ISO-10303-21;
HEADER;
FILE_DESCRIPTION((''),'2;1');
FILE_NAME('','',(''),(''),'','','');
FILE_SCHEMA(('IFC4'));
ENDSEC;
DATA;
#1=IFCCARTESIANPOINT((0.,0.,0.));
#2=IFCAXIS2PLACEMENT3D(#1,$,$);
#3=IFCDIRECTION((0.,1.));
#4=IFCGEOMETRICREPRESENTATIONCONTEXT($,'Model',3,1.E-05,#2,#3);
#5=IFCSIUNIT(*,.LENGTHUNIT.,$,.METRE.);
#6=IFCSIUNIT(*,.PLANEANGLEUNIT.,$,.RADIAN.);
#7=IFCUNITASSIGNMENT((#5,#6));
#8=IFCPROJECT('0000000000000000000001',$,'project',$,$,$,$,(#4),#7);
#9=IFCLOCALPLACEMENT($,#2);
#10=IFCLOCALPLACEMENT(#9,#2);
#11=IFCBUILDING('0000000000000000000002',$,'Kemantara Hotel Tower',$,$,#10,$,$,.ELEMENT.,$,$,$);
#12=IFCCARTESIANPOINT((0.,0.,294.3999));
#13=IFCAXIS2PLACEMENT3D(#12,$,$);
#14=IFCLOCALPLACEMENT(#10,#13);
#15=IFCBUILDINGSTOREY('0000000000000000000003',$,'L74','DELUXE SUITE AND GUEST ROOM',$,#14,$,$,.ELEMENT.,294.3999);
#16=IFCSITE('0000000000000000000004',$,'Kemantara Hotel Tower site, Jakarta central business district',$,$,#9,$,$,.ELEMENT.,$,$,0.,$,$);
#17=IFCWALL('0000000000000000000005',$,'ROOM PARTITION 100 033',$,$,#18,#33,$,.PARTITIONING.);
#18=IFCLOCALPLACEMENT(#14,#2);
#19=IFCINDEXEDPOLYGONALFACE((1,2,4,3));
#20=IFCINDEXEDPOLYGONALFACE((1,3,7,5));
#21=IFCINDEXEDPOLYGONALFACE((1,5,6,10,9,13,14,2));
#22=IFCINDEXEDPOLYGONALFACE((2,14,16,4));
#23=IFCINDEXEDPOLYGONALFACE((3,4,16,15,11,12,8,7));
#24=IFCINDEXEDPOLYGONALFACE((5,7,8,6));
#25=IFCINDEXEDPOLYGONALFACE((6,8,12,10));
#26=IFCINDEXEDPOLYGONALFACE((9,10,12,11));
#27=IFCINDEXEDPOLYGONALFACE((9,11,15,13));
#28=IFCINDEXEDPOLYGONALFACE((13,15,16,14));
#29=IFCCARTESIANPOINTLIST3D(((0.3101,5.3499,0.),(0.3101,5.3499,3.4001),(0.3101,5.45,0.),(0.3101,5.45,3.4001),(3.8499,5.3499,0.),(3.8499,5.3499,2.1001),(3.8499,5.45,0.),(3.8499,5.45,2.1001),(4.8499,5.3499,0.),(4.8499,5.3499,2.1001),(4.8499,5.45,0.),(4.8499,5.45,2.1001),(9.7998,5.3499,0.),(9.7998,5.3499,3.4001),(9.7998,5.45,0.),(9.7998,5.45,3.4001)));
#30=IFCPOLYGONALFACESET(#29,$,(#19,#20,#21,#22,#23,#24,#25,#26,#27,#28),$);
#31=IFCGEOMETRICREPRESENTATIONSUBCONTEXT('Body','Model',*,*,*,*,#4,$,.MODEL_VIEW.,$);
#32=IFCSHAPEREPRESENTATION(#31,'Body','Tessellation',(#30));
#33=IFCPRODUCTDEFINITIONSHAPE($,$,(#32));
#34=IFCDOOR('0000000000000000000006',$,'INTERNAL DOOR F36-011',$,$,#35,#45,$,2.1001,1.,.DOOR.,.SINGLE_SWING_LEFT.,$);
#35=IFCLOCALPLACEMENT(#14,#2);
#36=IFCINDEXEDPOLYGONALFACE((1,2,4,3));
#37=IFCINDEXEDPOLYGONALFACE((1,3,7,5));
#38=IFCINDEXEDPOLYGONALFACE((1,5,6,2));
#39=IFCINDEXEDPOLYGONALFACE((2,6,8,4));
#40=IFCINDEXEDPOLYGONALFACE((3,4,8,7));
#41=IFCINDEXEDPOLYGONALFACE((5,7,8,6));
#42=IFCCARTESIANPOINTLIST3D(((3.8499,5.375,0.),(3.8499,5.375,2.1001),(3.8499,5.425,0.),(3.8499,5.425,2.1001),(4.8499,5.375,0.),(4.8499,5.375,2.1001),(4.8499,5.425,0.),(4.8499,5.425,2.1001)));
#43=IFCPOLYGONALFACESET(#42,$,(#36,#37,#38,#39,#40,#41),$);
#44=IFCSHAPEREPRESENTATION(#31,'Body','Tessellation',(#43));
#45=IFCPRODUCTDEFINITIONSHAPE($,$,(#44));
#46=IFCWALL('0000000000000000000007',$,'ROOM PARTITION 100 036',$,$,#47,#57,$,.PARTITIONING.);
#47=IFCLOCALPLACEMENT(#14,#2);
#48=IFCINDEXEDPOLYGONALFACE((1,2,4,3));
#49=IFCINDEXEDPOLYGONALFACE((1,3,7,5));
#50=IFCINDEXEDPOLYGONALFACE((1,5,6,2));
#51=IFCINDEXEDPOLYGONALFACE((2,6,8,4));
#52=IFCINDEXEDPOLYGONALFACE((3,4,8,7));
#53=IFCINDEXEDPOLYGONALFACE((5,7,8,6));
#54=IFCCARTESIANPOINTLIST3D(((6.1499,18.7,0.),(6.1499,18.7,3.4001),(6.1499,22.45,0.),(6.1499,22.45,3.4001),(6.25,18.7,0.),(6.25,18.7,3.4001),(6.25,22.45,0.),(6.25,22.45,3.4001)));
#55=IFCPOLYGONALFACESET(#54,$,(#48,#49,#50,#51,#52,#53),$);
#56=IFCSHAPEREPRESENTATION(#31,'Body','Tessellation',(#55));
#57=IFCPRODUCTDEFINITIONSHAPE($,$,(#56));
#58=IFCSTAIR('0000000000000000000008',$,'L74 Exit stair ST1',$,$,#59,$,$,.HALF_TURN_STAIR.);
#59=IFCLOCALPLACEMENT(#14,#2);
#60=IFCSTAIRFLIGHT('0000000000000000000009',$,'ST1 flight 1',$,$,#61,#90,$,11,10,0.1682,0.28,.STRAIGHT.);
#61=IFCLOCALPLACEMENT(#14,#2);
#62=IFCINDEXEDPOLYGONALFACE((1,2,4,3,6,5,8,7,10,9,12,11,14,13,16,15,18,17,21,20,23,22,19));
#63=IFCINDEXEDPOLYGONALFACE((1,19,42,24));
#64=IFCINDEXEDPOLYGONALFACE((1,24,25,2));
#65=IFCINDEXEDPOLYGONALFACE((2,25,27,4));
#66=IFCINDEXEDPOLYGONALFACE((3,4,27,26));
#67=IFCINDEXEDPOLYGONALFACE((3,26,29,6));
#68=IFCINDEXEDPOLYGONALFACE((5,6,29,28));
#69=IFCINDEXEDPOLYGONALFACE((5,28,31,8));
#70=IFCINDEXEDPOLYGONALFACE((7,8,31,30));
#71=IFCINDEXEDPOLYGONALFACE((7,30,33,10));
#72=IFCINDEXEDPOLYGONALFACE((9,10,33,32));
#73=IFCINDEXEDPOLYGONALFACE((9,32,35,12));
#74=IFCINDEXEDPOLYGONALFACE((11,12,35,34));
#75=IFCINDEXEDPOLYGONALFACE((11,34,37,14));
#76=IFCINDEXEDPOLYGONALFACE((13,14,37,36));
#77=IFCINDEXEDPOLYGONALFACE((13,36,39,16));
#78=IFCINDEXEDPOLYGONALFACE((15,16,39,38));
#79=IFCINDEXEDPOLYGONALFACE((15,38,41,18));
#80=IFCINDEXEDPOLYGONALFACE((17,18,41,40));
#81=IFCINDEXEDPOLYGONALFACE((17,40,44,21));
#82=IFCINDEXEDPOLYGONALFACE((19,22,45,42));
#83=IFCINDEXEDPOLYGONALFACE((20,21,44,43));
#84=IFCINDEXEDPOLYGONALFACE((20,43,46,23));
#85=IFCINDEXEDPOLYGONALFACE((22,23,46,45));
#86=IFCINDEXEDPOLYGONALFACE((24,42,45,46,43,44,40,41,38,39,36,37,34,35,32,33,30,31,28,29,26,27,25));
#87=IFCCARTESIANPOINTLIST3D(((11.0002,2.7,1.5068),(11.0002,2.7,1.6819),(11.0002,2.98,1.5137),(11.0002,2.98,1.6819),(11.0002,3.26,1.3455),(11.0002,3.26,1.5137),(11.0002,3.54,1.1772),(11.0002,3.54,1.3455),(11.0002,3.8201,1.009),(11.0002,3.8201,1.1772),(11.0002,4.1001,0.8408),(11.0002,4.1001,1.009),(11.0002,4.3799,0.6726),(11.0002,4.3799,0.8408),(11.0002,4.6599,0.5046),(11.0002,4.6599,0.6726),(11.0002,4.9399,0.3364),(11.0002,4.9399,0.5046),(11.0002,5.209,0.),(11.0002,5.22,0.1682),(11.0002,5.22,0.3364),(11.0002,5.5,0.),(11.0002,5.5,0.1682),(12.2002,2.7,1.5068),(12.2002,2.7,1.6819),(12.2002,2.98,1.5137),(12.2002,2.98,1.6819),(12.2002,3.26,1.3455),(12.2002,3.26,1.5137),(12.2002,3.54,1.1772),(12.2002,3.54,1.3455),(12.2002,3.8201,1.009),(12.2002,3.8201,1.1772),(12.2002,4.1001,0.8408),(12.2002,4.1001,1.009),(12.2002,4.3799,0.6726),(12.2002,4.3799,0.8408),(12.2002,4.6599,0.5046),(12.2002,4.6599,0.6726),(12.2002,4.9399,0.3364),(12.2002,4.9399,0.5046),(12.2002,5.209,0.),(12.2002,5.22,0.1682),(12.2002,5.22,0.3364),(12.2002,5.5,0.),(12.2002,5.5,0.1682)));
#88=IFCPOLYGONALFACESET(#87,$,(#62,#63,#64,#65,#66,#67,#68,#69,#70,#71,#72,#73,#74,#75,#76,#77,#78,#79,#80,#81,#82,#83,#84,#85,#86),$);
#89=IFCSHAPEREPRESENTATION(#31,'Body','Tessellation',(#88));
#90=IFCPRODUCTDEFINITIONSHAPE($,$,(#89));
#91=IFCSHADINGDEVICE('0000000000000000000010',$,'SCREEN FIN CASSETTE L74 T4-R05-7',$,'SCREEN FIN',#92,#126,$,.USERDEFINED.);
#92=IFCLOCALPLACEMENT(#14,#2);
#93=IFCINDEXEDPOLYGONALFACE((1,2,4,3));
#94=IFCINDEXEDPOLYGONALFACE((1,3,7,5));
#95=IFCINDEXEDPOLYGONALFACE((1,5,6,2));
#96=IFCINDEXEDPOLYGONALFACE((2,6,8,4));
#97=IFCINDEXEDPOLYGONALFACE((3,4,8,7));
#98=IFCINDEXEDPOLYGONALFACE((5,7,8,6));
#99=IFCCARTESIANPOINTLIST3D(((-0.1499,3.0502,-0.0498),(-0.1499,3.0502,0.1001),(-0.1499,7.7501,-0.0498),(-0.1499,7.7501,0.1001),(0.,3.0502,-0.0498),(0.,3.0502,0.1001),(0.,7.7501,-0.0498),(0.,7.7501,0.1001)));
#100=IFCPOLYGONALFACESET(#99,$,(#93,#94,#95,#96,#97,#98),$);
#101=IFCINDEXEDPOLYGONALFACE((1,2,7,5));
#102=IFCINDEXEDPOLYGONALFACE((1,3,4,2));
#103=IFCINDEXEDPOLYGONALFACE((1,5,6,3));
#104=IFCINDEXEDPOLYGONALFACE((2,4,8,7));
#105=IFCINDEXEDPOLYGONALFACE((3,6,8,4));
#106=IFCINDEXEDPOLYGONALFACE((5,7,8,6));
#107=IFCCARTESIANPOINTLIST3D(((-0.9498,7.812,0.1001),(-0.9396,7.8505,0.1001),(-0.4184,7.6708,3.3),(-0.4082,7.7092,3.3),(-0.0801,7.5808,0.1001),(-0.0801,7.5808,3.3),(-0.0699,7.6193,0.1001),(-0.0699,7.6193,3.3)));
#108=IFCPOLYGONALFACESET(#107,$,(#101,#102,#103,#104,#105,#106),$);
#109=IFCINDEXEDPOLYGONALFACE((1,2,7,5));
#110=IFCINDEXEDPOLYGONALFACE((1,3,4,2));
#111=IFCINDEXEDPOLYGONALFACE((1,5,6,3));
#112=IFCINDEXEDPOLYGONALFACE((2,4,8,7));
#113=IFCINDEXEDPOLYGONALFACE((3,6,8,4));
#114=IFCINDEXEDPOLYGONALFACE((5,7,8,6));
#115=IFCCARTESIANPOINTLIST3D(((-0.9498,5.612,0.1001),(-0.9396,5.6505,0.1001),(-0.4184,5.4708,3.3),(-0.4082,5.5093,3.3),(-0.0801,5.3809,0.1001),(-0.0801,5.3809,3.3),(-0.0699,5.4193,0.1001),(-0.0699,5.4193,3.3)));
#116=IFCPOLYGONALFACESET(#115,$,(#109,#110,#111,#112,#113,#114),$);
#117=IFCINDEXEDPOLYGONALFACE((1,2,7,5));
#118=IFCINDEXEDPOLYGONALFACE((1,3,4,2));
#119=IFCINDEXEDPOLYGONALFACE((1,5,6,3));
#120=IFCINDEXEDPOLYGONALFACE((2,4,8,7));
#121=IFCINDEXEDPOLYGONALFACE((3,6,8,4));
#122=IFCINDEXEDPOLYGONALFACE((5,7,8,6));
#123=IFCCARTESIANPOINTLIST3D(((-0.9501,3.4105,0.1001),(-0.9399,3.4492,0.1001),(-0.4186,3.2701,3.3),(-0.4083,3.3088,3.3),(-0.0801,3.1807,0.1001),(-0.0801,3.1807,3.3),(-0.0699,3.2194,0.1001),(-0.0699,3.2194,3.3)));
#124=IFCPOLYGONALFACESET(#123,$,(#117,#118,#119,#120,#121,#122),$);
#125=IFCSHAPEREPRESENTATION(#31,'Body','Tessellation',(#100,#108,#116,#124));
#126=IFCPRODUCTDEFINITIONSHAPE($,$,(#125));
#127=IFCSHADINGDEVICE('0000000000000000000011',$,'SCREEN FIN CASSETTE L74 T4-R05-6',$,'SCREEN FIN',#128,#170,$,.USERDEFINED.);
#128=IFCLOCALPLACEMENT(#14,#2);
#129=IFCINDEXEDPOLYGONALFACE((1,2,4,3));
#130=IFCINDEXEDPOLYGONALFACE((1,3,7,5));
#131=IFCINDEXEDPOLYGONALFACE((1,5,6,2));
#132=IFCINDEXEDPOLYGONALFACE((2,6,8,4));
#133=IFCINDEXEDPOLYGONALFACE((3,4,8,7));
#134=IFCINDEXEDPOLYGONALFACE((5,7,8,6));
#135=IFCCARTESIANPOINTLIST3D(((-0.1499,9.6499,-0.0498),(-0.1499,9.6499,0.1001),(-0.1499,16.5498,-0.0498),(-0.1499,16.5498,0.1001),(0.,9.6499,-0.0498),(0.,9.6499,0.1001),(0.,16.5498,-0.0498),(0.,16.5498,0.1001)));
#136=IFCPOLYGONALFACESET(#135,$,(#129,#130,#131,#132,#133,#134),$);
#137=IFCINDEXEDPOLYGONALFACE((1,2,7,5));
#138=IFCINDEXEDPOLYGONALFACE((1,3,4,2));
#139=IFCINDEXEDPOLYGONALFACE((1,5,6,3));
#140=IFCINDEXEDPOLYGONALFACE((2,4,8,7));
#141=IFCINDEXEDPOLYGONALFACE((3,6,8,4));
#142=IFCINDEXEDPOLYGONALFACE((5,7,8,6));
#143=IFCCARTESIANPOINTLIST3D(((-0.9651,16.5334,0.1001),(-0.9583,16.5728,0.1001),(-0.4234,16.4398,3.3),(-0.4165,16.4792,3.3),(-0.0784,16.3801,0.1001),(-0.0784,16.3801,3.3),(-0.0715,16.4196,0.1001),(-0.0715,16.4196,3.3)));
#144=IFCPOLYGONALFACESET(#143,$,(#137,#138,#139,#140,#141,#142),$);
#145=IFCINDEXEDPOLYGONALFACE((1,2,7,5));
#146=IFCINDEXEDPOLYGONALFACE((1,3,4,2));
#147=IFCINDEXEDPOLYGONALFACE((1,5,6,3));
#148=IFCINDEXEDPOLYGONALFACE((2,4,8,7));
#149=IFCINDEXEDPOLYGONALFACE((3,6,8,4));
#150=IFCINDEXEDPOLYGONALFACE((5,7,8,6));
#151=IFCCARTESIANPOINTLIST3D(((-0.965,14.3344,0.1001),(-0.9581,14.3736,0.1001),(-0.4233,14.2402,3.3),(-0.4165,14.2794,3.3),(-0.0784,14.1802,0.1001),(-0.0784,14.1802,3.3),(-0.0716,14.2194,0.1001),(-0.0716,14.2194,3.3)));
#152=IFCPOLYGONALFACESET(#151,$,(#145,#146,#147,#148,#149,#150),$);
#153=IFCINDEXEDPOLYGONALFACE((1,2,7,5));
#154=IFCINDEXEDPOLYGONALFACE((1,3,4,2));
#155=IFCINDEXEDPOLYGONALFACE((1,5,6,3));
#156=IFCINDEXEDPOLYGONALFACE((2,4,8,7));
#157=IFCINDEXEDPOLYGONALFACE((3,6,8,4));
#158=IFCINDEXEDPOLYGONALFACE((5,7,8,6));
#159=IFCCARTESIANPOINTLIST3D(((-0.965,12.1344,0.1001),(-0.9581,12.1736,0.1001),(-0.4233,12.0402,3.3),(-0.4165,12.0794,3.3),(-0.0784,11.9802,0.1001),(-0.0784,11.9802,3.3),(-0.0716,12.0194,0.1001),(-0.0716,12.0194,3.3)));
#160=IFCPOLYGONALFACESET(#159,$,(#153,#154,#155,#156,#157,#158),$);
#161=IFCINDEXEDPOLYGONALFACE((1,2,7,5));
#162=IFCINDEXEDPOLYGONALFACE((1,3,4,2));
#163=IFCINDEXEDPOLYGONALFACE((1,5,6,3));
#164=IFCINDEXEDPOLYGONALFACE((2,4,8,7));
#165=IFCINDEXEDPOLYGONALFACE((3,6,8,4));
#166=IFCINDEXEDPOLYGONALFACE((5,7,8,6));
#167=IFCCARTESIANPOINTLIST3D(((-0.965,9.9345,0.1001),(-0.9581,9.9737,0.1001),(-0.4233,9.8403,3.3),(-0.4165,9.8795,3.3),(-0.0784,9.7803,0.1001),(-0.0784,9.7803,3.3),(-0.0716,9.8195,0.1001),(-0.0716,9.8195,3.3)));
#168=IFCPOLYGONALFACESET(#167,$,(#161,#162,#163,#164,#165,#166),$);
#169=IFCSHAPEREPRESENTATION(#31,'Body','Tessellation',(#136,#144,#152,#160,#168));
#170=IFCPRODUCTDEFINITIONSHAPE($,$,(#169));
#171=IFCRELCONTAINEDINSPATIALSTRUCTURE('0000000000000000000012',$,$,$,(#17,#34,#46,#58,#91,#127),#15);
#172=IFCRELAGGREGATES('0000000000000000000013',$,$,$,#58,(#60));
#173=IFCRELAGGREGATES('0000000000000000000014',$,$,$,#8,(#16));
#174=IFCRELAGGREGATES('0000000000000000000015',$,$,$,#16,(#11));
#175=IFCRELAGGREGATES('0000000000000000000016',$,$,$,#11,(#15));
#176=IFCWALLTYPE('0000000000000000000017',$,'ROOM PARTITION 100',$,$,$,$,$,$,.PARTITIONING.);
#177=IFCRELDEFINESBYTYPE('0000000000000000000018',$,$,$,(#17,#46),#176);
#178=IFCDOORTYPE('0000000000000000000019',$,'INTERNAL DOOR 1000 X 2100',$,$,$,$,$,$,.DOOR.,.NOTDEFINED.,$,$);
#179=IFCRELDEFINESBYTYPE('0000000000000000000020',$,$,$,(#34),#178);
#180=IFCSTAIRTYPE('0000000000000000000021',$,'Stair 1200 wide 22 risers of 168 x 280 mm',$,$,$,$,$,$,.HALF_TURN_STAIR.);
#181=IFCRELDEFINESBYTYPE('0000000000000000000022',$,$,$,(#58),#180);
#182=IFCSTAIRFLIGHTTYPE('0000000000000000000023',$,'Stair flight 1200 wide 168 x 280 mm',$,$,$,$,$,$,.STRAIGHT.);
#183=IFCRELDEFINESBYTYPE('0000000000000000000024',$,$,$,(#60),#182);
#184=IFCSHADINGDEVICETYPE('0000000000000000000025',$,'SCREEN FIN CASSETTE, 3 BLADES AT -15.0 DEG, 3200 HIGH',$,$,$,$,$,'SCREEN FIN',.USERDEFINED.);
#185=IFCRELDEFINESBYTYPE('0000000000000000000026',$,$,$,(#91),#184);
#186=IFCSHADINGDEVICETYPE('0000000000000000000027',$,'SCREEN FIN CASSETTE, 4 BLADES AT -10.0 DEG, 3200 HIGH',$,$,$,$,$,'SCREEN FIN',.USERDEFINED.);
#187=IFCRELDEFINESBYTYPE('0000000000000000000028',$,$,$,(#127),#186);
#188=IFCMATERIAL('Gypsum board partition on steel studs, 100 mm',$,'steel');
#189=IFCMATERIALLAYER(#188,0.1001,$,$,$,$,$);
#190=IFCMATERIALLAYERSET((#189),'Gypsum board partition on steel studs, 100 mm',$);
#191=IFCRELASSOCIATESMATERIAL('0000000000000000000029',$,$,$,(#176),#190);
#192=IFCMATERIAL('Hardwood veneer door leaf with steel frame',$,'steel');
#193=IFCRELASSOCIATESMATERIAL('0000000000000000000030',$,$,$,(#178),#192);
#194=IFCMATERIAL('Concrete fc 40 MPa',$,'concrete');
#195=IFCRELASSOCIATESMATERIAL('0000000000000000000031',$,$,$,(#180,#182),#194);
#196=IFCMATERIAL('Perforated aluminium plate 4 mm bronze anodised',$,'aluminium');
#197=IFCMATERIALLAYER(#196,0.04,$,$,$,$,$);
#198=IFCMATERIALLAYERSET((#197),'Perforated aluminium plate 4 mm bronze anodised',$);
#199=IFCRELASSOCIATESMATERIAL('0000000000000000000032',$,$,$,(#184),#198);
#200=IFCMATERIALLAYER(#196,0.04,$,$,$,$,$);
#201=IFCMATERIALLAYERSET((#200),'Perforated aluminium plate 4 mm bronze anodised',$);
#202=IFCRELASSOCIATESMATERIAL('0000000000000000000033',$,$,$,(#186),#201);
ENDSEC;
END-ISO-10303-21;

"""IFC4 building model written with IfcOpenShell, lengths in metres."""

from ifc_helpers import new_model, si_unit, direction, frame, frame_2d, origin, origin_2d, place, context, subcontext, project, spatial, polyline, rectangle, outline, extrude, source, transform, mapped, material, layer, layer_set, type_object, element, fill, aggregate, save


model = new_model("IFC4")

# Units and contexts
model_context = context("Model", 3, precision=1e-05, world=origin(), true_north=direction((0.0, 1.0)))
body_context = subcontext(model_context, "Body", "Model", "MODEL_VIEW")
ifc_project = project(units=[si_unit("LENGTHUNIT", "METRE"), si_unit("PLANEANGLEUNIT", "RADIAN")], contexts=[model_context])

# Site, building, storey
site_placement = place(None, origin())
site = spatial("IfcSite", under=ifc_project, at=site_placement, Name="Kemantara Hotel Tower site, Jakarta central business district", CompositionType="ELEMENT", RefElevation=0.0)
building_placement = place(site_placement, origin())
building = spatial("IfcBuilding", under=site, at=building_placement, Name="Kemantara Hotel Tower", CompositionType="ELEMENT")
storey_placement = place(building_placement, frame((0.0, 0.0, 294.3999)))
storey = spatial("IfcBuildingStorey", under=building, at=storey_placement, Name="L74", Description="DELUXE SUITE AND GUEST ROOM", CompositionType="ELEMENT", Elevation=294.3999)

# Shared definitions
ifc_material_1 = material(Name="Hardwood veneer door leaf with steel frame", Category="steel")

# Wall, opening, door
ifc_material_2 = material(Name="Gypsum board partition on steel studs, 100 mm", Category="steel")
ifc_layer_1 = layer(ifc_material_2, 0.1001)
ifc_layer_set_1 = layer_set([ifc_layer_1], Name="Gypsum board partition on steel studs, 100 mm")
wall_type_1 = type_object("IfcWallType", Name="ROOM PARTITION 100", PredefinedType="PARTITIONING", material=ifc_layer_set_1)
wall_1_placement = place(storey_placement, frame((9.7998, 5.3999, 0.0), z_axis=(0.0, 0.0, 1.0), x_axis=(-1.0, 0.0, 0.0)))
wall_1 = element("IfcWall", 1, at=wall_1_placement, inside=storey, type_object=wall_type_1, Name="ROOM PARTITION 100 033", PredefinedType="PARTITIONING", context=body_context, shape_type="SweptSolid", body=[
    extrude(rectangle(XDim=9.4897, YDim=0.1001, at=frame_2d((4.7449, 0.0))), origin(), (0.0, 0.0, 1.0), 3.4001),
])
opening_1_placement = place(wall_1_placement, frame((4.95, 0.0, 0.0)))
opening_1 = element("IfcOpeningElement", 2, at=opening_1_placement, cuts=wall_1, PredefinedType="OPENING", context=body_context, shape_type="SweptSolid", body=[
    extrude(rectangle(XDim=1.0, YDim=2.1001, at=frame_2d((0.5, 1.05))), frame((0.0, 0.0601, 0.0), z_axis=(0.0, -1.0, 0.0), x_axis=(1.0, 0.0, 0.0)), (0.0, 0.0, 1.0), 0.1201),
])
door_type_1 = type_object("IfcDoorType", Name="INTERNAL DOOR 1000 X 2100", OperationType="NOTDEFINED", PredefinedType="DOOR", material=ifc_material_1)
door_1_placement = place(opening_1_placement, origin())
door_1 = element("IfcDoor", 3, at=door_1_placement, inside=storey, type_object=door_type_1, Name="INTERNAL DOOR F36-011", OperationType="SINGLE_SWING_LEFT", OverallHeight=2.1001, OverallWidth=1.0, PredefinedType="DOOR", context=body_context, shape_type="SweptSolid", body=[
    extrude(rectangle(XDim=1.0, YDim=2.1001, at=frame_2d((0.5, 1.05))), frame((0.0, 0.0249, 0.0), z_axis=(0.0, -1.0, 0.0), x_axis=(1.0, 0.0, 0.0)), (0.0, 0.0, 1.0), 0.05),
])
fill(opening_1, door_1)

# Wall
wall_2_placement = place(storey_placement, frame((6.2, 18.7, 0.0), z_axis=(0.0, 0.0, 1.0), x_axis=(0.0, 1.0, 0.0)))
element("IfcWall", 4, at=wall_2_placement, inside=storey, type_object=wall_type_1, Name="ROOM PARTITION 100 036", PredefinedType="PARTITIONING", context=body_context, shape_type="SweptSolid", body=[
    extrude(rectangle(XDim=3.75, YDim=0.1001, at=frame_2d((1.875, 0.0))), origin(), (0.0, 0.0, 1.0), 3.4001),
])

# Stair, stair flight
ifc_material_3 = material(Name="Concrete fc 40 MPa", Category="concrete")
stair_type = type_object("IfcStairType", Name="Stair 1200 wide 22 risers of 168 x 280 mm", PredefinedType="HALF_TURN_STAIR", material=ifc_material_3)
stair_placement = place(storey_placement, origin())
stair = element("IfcStair", 5, at=stair_placement, inside=storey, type_object=stair_type, Name="L74 Exit stair ST1", PredefinedType="HALF_TURN_STAIR")
stair_flight_type = type_object("IfcStairFlightType", Name="Stair flight 1200 wide 168 x 280 mm", PredefinedType="STRAIGHT", material=ifc_material_3)
stair_flight_placement = place(storey_placement, frame((11.6001, 5.5, 0.0), z_axis=(0.0, 0.0, 1.0), x_axis=(0.0, -1.0, 0.0)))
stair_flight = element("IfcStairFlight", 6, at=stair_flight_placement, type_object=stair_flight_type, Name="ST1 flight 1", NumberOfRisers=11, NumberOfTreads=10, PredefinedType="STRAIGHT", RiserHeight=0.1682, TreadLength=0.28, context=body_context, shape_type="SweptSolid", body=[
    extrude(outline(polyline([(0.0, 0.0), (0.0, 0.1682), (0.28, 0.1682), (0.28, 0.3364), (0.5601, 0.3364), (0.5601, 0.5046), (0.8401, 0.5046), (0.8401, 0.6726), (1.1201, 0.6726), (1.1201, 0.8408), (1.3999, 0.8408), (1.3999, 1.009), (1.6799, 1.009), (1.6799, 1.1772), (1.96, 1.1772), (1.96, 1.3455), (2.24, 1.3455), (2.24, 1.5137), (2.52, 1.5137), (2.52, 1.6819), (2.8, 1.6819), (2.8, 1.8501), (2.8, 1.5068), (0.291, 0.0), (0.0, 0.0)])), frame((0.0, 0.6001, 0.0), z_axis=(0.0, -1.0, 0.0), x_axis=(1.0, 0.0, 0.0)), (0.0, 0.0, 1.0), 1.2),
])
aggregate(stair, [stair_flight])

# Shading devices
ifc_material_4 = material(Name="Perforated aluminium plate 4 mm bronze anodised", Category="aluminium")
ifc_layer_2 = layer(ifc_material_4, 0.04)
ifc_layer_set_2 = layer_set([ifc_layer_2], Name="Perforated aluminium plate 4 mm bronze anodised")
shading_device_type_1 = type_object("IfcShadingDeviceType", Name="SCREEN FIN CASSETTE, 3 BLADES AT -15.0 DEG, 3200 HIGH", ElementType="SCREEN FIN", PredefinedType="USERDEFINED", material=ifc_layer_set_2)
shared_shape_1 = source(origin(), body_context, "Body", "SweptSolid", [
    extrude(rectangle(XDim=4.7, YDim=0.1499, at=origin_2d()), frame((2.2, -0.075, -0.1499), z_axis=(0.0, 0.0, 1.0), x_axis=(1.0, 0.0, 0.0)), (0.0, 0.0, 1.0), 0.1499),
    extrude(outline(polyline([(0.0, 0.0), (0.8999, 0.0), (0.3501, 3.2), (0.0, 3.2), (0.0, 0.0)])), frame((0.0193, -0.0801, 0.0), z_axis=(-0.966438, 0.256901, 0.0), x_axis=(-0.256901, -0.966438, 0.0)), (0.0, 0.0, 1.0), 0.0398),
    extrude(outline(polyline([(0.0, 0.0), (0.8999, 0.0), (0.3501, 3.2), (0.0, 3.2), (0.0, 0.0)])), frame((2.2192, -0.0801, 0.0), z_axis=(-0.966438, 0.256901, 0.0), x_axis=(-0.256901, -0.966438, 0.0)), (0.0, 0.0, 1.0), 0.0398),
    extrude(outline(polyline([(0.0, 0.0), (0.8999, 0.0), (0.3501, 3.2), (0.0, 3.2), (0.0, 0.0)])), frame((4.4194, -0.0801, 0.0), z_axis=(-0.966838, 0.255391, 0.0), x_axis=(-0.255391, -0.966838, 0.0)), (0.0, 0.0, 1.0), 0.04),
])
shading_device_1_placement = place(storey_placement, frame((0.0, 7.6001, 0.1001), z_axis=(0.0, 0.0, 1.0), x_axis=(0.0, -1.0, 0.0)))
element("IfcShadingDevice", 7, at=shading_device_1_placement, inside=storey, type_object=shading_device_type_1, Name="SCREEN FIN CASSETTE L74 T4-R05-7", ObjectType="SCREEN FIN", PredefinedType="USERDEFINED", context=body_context, shape_type="MappedRepresentation", body=[
    mapped(shared_shape_1, transform((0.0, 0.0, 0.0))),
])
ifc_layer_3 = layer(ifc_material_4, 0.04)
ifc_layer_set_3 = layer_set([ifc_layer_3], Name="Perforated aluminium plate 4 mm bronze anodised")
shading_device_type_2 = type_object("IfcShadingDeviceType", Name="SCREEN FIN CASSETTE, 4 BLADES AT -10.0 DEG, 3200 HIGH", ElementType="SCREEN FIN", PredefinedType="USERDEFINED", material=ifc_layer_set_3)
shared_shape_2 = source(origin(), body_context, "Body", "SweptSolid", [
    extrude(rectangle(XDim=6.8999, YDim=0.1499, at=origin_2d()), frame((3.3, -0.075, -0.1499), z_axis=(0.0, 0.0, 1.0), x_axis=(1.0, 0.0, 0.0)), (0.0, 0.0, 1.0), 0.1499),
    extrude(outline(polyline([(0.0, 0.0), (0.8999, 0.0), (0.3501, 3.2), (0.0, 3.2), (0.0, 0.0)])), frame((0.0198, -0.0784, 0.0), z_axis=(-0.98539, 0.170314, 0.0), x_axis=(-0.170314, -0.98539, 0.0)), (0.0, 0.0, 1.0), 0.04),
    extrude(outline(polyline([(0.0, 0.0), (0.8999, 0.0), (0.3501, 3.2), (0.0, 3.2), (0.0, 0.0)])), frame((2.2197, -0.0784, 0.0), z_axis=(-0.985212, 0.171341, 0.0), x_axis=(-0.171341, -0.985212, 0.0)), (0.0, 0.0, 1.0), 0.0398),
    extrude(outline(polyline([(0.0, 0.0), (0.8999, 0.0), (0.3501, 3.2), (0.0, 3.2), (0.0, 0.0)])), frame((4.4197, -0.0784, 0.0), z_axis=(-0.985212, 0.171341, 0.0), x_axis=(-0.171341, -0.985212, 0.0)), (0.0, 0.0, 1.0), 0.0398),
    extrude(outline(polyline([(0.0, 0.0), (0.8999, 0.0), (0.3501, 3.2), (0.0, 3.2), (0.0, 0.0)])), frame((6.6196, -0.0784, 0.0), z_axis=(-0.985212, 0.171341, 0.0), x_axis=(-0.171341, -0.985212, 0.0)), (0.0, 0.0, 1.0), 0.0398),
])
shading_device_2_placement = place(storey_placement, frame((0.0, 16.3999, 0.1001), z_axis=(0.0, 0.0, 1.0), x_axis=(0.0, -1.0, 0.0)))
element("IfcShadingDevice", 8, at=shading_device_2_placement, inside=storey, type_object=shading_device_type_2, Name="SCREEN FIN CASSETTE L74 T4-R05-6", ObjectType="SCREEN FIN", PredefinedType="USERDEFINED", context=body_context, shape_type="MappedRepresentation", body=[
    mapped(shared_shape_2, transform((0.0, 0.0, 0.0))),
])

save(model, "model.ifc")
